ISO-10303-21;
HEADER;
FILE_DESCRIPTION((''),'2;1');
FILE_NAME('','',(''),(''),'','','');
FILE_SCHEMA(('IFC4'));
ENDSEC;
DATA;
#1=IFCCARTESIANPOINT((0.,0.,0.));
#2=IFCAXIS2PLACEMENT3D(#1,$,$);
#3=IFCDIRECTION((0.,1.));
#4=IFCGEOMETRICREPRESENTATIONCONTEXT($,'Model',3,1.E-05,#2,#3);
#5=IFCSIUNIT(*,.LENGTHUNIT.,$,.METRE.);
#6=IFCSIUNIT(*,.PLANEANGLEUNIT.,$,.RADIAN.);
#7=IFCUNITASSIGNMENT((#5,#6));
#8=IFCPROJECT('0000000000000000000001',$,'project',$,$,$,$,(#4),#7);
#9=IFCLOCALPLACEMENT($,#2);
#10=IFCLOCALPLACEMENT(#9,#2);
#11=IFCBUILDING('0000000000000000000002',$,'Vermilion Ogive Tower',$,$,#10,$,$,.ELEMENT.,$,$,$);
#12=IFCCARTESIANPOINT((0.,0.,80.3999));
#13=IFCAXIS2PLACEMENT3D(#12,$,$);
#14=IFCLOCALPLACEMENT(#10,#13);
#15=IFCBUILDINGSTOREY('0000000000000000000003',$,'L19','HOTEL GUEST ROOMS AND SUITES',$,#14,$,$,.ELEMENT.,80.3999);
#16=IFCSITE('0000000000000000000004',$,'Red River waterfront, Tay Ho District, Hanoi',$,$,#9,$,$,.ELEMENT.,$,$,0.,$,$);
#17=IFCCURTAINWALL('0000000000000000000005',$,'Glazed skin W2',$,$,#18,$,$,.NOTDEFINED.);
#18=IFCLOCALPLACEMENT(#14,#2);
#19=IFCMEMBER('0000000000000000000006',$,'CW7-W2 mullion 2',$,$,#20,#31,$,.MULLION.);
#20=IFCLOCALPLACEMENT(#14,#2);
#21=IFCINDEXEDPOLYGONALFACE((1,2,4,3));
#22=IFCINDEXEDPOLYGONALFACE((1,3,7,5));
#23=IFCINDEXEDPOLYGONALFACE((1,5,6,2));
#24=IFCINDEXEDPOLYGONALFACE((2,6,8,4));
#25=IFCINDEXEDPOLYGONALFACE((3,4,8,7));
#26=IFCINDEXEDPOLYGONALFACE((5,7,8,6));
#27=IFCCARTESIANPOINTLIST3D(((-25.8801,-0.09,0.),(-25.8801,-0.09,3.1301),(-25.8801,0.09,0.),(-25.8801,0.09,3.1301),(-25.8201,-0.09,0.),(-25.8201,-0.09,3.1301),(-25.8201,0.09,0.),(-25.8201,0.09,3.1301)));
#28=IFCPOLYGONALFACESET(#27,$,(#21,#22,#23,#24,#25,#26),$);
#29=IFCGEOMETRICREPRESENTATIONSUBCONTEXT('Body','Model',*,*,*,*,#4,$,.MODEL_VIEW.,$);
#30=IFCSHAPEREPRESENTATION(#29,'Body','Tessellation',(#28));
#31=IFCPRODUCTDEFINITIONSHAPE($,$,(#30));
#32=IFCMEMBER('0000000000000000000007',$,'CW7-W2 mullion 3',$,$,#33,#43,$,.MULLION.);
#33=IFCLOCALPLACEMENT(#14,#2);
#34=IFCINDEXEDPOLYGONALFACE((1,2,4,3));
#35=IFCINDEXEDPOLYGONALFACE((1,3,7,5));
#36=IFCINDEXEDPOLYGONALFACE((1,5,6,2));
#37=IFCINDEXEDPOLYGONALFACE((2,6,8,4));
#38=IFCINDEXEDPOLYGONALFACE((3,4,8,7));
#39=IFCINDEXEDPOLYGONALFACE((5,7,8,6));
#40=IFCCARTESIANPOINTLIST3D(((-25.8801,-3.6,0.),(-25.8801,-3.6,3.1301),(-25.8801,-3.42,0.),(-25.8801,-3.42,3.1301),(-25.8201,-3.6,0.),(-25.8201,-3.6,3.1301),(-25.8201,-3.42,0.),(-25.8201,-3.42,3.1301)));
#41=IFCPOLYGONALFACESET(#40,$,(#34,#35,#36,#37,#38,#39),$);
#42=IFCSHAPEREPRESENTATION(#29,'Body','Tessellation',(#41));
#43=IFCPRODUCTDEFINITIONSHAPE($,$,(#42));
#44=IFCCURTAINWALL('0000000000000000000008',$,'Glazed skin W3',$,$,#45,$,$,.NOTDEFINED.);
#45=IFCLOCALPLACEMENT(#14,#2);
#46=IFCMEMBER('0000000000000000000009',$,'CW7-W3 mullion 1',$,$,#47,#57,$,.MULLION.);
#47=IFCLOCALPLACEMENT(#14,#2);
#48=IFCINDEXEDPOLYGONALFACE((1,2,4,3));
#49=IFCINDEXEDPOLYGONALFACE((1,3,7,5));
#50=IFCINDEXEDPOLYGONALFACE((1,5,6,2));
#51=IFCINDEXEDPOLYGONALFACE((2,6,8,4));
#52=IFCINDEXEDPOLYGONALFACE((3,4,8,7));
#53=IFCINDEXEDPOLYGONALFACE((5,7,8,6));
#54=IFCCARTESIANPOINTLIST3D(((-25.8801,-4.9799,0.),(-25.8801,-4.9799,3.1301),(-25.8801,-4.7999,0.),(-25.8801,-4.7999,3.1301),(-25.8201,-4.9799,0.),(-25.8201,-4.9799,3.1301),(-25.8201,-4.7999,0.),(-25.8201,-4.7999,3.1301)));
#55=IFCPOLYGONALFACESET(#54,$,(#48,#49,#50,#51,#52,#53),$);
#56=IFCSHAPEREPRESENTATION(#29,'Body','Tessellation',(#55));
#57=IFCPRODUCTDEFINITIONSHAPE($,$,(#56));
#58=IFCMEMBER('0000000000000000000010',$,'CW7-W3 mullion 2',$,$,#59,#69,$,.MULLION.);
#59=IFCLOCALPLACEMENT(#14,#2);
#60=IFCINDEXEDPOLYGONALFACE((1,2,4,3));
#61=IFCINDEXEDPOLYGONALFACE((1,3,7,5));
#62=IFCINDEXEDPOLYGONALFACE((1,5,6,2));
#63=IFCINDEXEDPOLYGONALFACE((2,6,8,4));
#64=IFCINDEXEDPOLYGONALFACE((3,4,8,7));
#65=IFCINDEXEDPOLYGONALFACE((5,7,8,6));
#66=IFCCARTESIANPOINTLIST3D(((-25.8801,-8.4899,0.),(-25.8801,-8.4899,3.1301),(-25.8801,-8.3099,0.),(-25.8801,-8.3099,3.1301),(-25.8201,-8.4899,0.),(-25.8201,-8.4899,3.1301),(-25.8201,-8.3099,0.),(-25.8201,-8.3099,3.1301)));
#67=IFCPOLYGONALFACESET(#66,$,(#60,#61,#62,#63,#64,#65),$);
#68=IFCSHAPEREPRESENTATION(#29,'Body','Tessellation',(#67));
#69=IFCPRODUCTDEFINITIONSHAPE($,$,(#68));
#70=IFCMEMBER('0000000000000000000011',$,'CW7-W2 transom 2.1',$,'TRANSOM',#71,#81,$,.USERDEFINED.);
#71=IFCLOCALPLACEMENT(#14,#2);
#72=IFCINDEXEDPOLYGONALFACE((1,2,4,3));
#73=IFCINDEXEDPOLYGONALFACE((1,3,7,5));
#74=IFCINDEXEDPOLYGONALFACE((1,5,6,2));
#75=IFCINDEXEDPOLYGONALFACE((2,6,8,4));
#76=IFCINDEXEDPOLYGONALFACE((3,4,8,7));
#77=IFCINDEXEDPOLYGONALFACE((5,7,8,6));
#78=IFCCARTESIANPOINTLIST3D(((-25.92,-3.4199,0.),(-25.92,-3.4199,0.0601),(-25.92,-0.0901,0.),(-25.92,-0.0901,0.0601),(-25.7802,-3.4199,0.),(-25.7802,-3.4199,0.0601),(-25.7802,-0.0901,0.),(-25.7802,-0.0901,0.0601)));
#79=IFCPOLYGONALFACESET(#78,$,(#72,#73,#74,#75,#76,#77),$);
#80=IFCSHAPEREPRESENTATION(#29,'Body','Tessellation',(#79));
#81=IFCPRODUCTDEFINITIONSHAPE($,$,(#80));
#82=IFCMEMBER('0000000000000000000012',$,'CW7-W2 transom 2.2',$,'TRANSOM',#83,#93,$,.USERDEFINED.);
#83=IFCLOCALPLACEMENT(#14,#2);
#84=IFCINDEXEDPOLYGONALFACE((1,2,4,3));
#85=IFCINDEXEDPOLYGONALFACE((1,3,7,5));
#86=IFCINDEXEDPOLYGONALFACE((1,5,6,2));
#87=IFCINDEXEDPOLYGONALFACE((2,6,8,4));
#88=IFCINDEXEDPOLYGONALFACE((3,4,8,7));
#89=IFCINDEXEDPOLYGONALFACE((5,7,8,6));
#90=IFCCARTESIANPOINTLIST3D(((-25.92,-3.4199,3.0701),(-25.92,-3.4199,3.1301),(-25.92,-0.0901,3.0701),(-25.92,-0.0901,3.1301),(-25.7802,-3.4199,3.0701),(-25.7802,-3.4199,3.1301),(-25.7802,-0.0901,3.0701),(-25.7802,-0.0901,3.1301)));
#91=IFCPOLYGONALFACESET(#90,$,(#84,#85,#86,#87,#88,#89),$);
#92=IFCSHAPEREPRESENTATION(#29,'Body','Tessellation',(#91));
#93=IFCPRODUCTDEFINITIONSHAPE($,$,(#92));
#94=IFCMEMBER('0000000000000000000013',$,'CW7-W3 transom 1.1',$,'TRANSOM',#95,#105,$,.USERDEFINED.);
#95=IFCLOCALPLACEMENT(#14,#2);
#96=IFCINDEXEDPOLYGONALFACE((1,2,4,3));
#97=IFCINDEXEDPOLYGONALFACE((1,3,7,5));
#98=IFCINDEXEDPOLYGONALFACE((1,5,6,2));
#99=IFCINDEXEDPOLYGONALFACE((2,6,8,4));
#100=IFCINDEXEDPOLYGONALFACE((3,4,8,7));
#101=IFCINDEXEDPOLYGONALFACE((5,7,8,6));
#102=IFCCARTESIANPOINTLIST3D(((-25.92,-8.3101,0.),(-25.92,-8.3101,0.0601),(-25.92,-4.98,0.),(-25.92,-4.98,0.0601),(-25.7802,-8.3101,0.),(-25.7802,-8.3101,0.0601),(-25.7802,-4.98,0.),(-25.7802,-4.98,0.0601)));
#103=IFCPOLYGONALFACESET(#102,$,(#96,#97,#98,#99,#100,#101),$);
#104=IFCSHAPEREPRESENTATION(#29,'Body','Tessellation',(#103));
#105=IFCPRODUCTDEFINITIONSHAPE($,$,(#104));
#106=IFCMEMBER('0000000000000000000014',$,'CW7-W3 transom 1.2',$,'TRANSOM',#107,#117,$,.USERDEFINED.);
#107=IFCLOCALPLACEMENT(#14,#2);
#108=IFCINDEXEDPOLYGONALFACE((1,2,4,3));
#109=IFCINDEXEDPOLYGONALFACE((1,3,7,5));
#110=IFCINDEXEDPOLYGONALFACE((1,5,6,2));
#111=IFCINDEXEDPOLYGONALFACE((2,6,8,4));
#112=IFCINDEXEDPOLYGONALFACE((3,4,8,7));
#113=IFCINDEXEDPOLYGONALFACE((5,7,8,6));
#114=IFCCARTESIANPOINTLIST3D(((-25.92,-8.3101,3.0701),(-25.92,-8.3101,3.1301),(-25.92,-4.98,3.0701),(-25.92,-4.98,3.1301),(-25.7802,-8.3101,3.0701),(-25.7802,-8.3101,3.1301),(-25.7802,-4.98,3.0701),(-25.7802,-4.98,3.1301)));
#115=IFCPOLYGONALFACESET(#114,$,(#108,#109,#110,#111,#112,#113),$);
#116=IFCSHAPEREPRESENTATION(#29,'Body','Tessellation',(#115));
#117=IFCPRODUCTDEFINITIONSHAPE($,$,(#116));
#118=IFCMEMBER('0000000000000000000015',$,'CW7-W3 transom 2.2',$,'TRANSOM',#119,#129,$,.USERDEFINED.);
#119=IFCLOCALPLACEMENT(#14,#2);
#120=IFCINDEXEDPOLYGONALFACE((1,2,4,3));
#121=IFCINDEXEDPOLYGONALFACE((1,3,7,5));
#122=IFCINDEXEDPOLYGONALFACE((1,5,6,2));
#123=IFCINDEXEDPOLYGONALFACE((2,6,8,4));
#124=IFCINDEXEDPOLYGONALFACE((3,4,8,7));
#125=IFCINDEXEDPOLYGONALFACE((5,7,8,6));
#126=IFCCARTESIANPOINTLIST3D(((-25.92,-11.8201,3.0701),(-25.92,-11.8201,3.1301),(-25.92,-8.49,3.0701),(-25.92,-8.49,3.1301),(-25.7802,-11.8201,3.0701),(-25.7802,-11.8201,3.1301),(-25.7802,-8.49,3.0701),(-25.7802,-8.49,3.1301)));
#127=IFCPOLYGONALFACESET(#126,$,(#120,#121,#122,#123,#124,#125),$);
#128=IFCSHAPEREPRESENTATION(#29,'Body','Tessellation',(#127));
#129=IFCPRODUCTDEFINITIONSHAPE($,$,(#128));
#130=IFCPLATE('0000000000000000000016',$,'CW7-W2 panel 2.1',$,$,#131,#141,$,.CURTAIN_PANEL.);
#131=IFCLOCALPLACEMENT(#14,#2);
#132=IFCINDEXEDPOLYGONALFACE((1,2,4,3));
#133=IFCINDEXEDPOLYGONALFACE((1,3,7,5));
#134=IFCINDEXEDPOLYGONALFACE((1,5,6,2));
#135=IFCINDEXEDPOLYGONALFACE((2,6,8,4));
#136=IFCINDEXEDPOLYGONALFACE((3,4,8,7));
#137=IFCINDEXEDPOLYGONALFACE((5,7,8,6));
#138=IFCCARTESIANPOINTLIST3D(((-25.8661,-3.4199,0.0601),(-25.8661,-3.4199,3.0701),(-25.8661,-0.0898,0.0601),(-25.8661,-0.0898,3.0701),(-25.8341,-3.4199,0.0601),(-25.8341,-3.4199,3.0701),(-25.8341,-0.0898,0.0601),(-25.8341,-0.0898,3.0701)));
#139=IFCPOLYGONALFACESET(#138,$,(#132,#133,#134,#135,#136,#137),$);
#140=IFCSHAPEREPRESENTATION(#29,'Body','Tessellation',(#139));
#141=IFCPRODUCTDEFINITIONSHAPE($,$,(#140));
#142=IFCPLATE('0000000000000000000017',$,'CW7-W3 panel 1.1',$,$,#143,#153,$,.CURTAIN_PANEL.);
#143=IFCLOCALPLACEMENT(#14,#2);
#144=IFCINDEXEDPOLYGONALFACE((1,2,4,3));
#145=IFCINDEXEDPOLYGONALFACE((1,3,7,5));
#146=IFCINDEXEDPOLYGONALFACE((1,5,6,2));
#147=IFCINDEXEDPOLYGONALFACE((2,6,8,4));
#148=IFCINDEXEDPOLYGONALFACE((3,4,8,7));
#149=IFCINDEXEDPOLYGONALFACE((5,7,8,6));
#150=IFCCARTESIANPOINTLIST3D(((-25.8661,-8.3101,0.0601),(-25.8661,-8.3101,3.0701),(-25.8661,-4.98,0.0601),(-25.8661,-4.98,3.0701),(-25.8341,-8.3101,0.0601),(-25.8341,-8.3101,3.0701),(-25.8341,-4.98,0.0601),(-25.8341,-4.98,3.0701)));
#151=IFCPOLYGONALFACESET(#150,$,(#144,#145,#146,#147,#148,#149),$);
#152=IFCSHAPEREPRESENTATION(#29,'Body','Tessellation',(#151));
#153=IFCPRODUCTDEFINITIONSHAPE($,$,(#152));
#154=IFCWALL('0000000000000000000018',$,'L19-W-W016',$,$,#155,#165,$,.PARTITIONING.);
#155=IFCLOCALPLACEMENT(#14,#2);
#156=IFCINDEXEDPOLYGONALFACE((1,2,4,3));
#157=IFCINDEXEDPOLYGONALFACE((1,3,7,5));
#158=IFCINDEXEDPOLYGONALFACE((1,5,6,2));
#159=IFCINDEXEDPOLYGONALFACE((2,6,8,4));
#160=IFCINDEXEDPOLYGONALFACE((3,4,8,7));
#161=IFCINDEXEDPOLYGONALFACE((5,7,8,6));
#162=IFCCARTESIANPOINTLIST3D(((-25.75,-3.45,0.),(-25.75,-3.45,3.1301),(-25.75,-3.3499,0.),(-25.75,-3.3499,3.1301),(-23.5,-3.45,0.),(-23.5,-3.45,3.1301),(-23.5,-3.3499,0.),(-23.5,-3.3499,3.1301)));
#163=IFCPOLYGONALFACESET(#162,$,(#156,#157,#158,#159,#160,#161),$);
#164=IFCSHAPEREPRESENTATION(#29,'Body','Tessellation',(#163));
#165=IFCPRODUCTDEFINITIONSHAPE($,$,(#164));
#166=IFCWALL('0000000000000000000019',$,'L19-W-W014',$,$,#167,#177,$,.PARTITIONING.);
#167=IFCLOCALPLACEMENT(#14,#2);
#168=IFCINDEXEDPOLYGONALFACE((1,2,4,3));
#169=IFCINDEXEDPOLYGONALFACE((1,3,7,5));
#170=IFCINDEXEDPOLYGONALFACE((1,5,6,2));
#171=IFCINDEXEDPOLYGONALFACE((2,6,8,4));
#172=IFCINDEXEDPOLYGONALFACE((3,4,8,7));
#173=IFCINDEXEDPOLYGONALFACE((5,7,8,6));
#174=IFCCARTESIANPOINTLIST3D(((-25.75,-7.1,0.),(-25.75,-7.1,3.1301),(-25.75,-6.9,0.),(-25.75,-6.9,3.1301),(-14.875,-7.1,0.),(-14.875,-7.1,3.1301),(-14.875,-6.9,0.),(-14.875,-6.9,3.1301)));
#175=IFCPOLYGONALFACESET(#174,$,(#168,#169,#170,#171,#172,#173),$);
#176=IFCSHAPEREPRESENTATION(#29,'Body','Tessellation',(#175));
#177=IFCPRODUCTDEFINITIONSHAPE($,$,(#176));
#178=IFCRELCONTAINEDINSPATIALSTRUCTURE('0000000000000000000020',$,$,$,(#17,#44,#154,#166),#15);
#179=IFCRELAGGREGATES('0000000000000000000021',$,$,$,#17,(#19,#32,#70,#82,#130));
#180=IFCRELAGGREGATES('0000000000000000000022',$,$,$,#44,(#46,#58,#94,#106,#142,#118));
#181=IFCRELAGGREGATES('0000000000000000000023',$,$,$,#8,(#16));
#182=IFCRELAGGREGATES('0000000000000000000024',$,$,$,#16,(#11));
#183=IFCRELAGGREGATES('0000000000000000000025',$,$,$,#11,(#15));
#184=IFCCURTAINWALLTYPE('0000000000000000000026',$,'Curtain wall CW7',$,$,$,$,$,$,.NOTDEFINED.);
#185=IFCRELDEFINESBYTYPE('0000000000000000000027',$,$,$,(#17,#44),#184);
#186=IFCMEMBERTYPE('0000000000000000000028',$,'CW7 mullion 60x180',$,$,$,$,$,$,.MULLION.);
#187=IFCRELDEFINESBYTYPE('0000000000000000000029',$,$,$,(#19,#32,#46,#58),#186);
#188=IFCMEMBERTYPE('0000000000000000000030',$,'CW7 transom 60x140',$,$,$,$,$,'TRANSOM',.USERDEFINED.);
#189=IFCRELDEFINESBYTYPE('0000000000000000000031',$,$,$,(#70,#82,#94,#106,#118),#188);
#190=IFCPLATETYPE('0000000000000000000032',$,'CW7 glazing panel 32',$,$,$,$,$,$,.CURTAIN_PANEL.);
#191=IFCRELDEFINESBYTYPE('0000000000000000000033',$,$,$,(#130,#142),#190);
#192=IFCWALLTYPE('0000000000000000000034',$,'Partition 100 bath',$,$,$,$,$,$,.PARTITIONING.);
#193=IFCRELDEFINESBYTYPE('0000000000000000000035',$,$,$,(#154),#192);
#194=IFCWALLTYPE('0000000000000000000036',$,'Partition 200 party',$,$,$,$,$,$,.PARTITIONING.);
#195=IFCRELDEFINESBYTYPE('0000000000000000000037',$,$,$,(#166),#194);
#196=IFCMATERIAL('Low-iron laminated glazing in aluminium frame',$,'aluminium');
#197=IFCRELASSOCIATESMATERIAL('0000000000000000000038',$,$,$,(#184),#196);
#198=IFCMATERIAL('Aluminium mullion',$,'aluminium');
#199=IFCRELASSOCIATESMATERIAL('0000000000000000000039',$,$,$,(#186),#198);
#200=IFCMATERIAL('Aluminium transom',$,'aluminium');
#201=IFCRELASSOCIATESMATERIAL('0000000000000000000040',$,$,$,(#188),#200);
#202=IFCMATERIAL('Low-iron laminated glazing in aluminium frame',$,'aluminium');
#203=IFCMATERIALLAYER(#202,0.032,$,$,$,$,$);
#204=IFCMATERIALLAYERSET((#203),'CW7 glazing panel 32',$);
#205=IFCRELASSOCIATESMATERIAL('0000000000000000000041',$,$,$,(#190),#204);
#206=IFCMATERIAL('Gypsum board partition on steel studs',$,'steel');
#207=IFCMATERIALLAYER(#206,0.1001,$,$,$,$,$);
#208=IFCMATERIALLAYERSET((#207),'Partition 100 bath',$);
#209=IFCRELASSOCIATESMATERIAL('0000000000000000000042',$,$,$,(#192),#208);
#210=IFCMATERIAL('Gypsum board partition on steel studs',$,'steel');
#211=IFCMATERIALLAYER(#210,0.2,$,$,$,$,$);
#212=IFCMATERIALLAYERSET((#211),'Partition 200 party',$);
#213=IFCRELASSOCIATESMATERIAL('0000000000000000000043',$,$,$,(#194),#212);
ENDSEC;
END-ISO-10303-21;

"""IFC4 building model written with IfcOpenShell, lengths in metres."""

from ifc_helpers import new_model, si_unit, direction, frame, frame_2d, origin, origin_2d, place, context, subcontext, project, spatial, rectangle, extrude, material, layer, layer_set, material_profile, profile_set, type_object, element, aggregate, save


model = new_model("IFC4")

# Units and contexts
model_context = context("Model", 3, precision=1e-05, world=origin(), true_north=direction((0.0, 1.0)))
body_context = subcontext(model_context, "Body", "Model", "MODEL_VIEW")
ifc_project = project(units=[si_unit("LENGTHUNIT", "METRE"), si_unit("PLANEANGLEUNIT", "RADIAN")], contexts=[model_context])

# Site, building, storey
site_placement = place(None, origin())
site = spatial("IfcSite", under=ifc_project, at=site_placement, Name="Red River waterfront, Tay Ho District, Hanoi", CompositionType="ELEMENT", RefElevation=0.0)
building_placement = place(site_placement, origin())
building = spatial("IfcBuilding", under=site, at=building_placement, Name="Vermilion Ogive Tower", CompositionType="ELEMENT")
storey_placement = place(building_placement, frame((0.0, 0.0, 80.3999)))
storey = spatial("IfcBuildingStorey", under=building, at=storey_placement, Name="L19", Description="HOTEL GUEST ROOMS AND SUITES", CompositionType="ELEMENT", Elevation=80.3999)

# Curtain walls, members
ifc_material_1 = material(Name="Low-iron laminated glazing in aluminium frame", Category="aluminium")
curtain_wall_type = type_object("IfcCurtainWallType", Name="Curtain wall CW7", PredefinedType="NOTDEFINED", material=ifc_material_1)
curtain_wall_1_placement = place(storey_placement, origin())
curtain_wall_1 = element("IfcCurtainWall", 1, at=curtain_wall_1_placement, inside=storey, type_object=curtain_wall_type, Name="Glazed skin W2", PredefinedType="NOTDEFINED")
ifc_material_2 = material(Name="Aluminium mullion", Category="aluminium")
ifc_material_profile_1 = material_profile(ifc_material_2, rectangle(XDim=0.0601, YDim=0.1799, at=origin_2d()), Name="AL 60x180")
ifc_profile_set_1 = profile_set([ifc_material_profile_1], Name="Aluminium mullion")
member_type_1 = type_object("IfcMemberType", Name="CW7 mullion 60x180", PredefinedType="MULLION", material=ifc_profile_set_1)
member_1_placement = place(storey_placement, frame((-25.8501, 0.0, 0.0), z_axis=(0.0, 0.0, 1.0), x_axis=(1.0, 0.0, 0.0)))
member_1 = element("IfcMember", 2, at=member_1_placement, type_object=member_type_1, Name="CW7-W2 mullion 2", PredefinedType="MULLION", context=body_context, shape_type="SweptSolid", body=[
    extrude(rectangle(XDim=0.0601, YDim=0.1799, at=origin_2d()), origin(), (0.0, 0.0, 1.0), 3.1301),
])
member_2_placement = place(storey_placement, frame((-25.8501, -3.51, 0.0), z_axis=(0.0, 0.0, 1.0), x_axis=(1.0, 0.0, 0.0)))
member_2 = element("IfcMember", 3, at=member_2_placement, type_object=member_type_1, Name="CW7-W2 mullion 3", PredefinedType="MULLION", context=body_context, shape_type="SweptSolid", body=[
    extrude(rectangle(XDim=0.0601, YDim=0.1799, at=origin_2d()), origin(), (0.0, 0.0, 1.0), 3.1301),
])
curtain_wall_2_placement = place(storey_placement, origin())
curtain_wall_2 = element("IfcCurtainWall", 4, at=curtain_wall_2_placement, inside=storey, type_object=curtain_wall_type, Name="Glazed skin W3", PredefinedType="NOTDEFINED")
member_3_placement = place(storey_placement, frame((-25.8501, -4.8899, 0.0), z_axis=(0.0, 0.0, 1.0), x_axis=(1.0, 0.0, 0.0)))
member_3 = element("IfcMember", 5, at=member_3_placement, type_object=member_type_1, Name="CW7-W3 mullion 1", PredefinedType="MULLION", context=body_context, shape_type="SweptSolid", body=[
    extrude(rectangle(XDim=0.0601, YDim=0.1799, at=origin_2d()), origin(), (0.0, 0.0, 1.0), 3.1301),
])
member_4_placement = place(storey_placement, frame((-25.8501, -8.3999, 0.0), z_axis=(0.0, 0.0, 1.0), x_axis=(1.0, 0.0, 0.0)))
member_4 = element("IfcMember", 6, at=member_4_placement, type_object=member_type_1, Name="CW7-W3 mullion 2", PredefinedType="MULLION", context=body_context, shape_type="SweptSolid", body=[
    extrude(rectangle(XDim=0.0601, YDim=0.1799, at=origin_2d()), origin(), (0.0, 0.0, 1.0), 3.1301),
])

# Members
ifc_material_3 = material(Name="Aluminium transom", Category="aluminium")
ifc_material_profile_2 = material_profile(ifc_material_3, rectangle(XDim=0.1399, YDim=0.0601, at=origin_2d()), Name="AL 60x140")
ifc_profile_set_2 = profile_set([ifc_material_profile_2], Name="Aluminium transom")
member_type_2 = type_object("IfcMemberType", Name="CW7 transom 60x140", ElementType="TRANSOM", PredefinedType="USERDEFINED", material=ifc_profile_set_2)
member_5_placement = place(storey_placement, frame((-25.8501, -0.0901, 0.03), z_axis=(0.0, -1.0, 0.0), x_axis=(1.0, 0.0, 0.0)))
member_5 = element("IfcMember", 7, at=member_5_placement, type_object=member_type_2, Name="CW7-W2 transom 2.1", ObjectType="TRANSOM", PredefinedType="USERDEFINED", context=body_context, shape_type="SweptSolid", body=[
    extrude(rectangle(XDim=0.1399, YDim=0.0601, at=origin_2d()), origin(), (0.0, 0.0, 1.0), 3.3298),
])
member_6_placement = place(storey_placement, frame((-25.8501, -0.0901, 3.1001), z_axis=(0.0, -1.0, 0.0), x_axis=(1.0, 0.0, 0.0)))
member_6 = element("IfcMember", 8, at=member_6_placement, type_object=member_type_2, Name="CW7-W2 transom 2.2", ObjectType="TRANSOM", PredefinedType="USERDEFINED", context=body_context, shape_type="SweptSolid", body=[
    extrude(rectangle(XDim=0.1399, YDim=0.0601, at=origin_2d()), origin(), (0.0, 0.0, 1.0), 3.3298),
])
member_7_placement = place(storey_placement, frame((-25.8501, -4.98, 0.03), z_axis=(0.0, -1.0, 0.0), x_axis=(1.0, 0.0, 0.0)))
member_7 = element("IfcMember", 9, at=member_7_placement, type_object=member_type_2, Name="CW7-W3 transom 1.1", ObjectType="TRANSOM", PredefinedType="USERDEFINED", context=body_context, shape_type="SweptSolid", body=[
    extrude(rectangle(XDim=0.1399, YDim=0.0601, at=origin_2d()), origin(), (0.0, 0.0, 1.0), 3.3301),
])
member_8_placement = place(storey_placement, frame((-25.8501, -4.98, 3.1001), z_axis=(0.0, -1.0, 0.0), x_axis=(1.0, 0.0, 0.0)))
member_8 = element("IfcMember", 10, at=member_8_placement, type_object=member_type_2, Name="CW7-W3 transom 1.2", ObjectType="TRANSOM", PredefinedType="USERDEFINED", context=body_context, shape_type="SweptSolid", body=[
    extrude(rectangle(XDim=0.1399, YDim=0.0601, at=origin_2d()), origin(), (0.0, 0.0, 1.0), 3.3301),
])
member_9_placement = place(storey_placement, frame((-25.8501, -8.49, 3.1001), z_axis=(0.0, -1.0, 0.0), x_axis=(1.0, 0.0, 0.0)))
member_9 = element("IfcMember", 11, at=member_9_placement, type_object=member_type_2, Name="CW7-W3 transom 2.2", ObjectType="TRANSOM", PredefinedType="USERDEFINED", context=body_context, shape_type="SweptSolid", body=[
    extrude(rectangle(XDim=0.1399, YDim=0.0601, at=origin_2d()), origin(), (0.0, 0.0, 1.0), 3.3301),
])

# Plates
ifc_material_4 = material(Name="Low-iron laminated glazing in aluminium frame", Category="aluminium")
ifc_layer_1 = layer(ifc_material_4, 0.032)
ifc_layer_set_1 = layer_set([ifc_layer_1], Name="CW7 glazing panel 32")
plate_type = type_object("IfcPlateType", Name="CW7 glazing panel 32", PredefinedType="CURTAIN_PANEL", material=ifc_layer_set_1)
plate_1_placement = place(storey_placement, frame((-25.8501, -1.7549, 0.0601), z_axis=(0.0, 0.0, 1.0), x_axis=(0.0, -1.0, 0.0)))
plate_1 = element("IfcPlate", 12, at=plate_1_placement, type_object=plate_type, Name="CW7-W2 panel 2.1", PredefinedType="CURTAIN_PANEL", context=body_context, shape_type="SweptSolid", body=[
    extrude(rectangle(XDim=3.3301, YDim=0.032, at=origin_2d()), origin(), (0.0, 0.0, 1.0), 3.01),
])
aggregate(curtain_wall_1, [member_1, member_2, member_5, member_6, plate_1])
plate_2_placement = place(storey_placement, frame((-25.8501, -6.645, 0.0601), z_axis=(0.0, 0.0, 1.0), x_axis=(0.0, -1.0, 0.0)))
plate_2 = element("IfcPlate", 13, at=plate_2_placement, type_object=plate_type, Name="CW7-W3 panel 1.1", PredefinedType="CURTAIN_PANEL", context=body_context, shape_type="SweptSolid", body=[
    extrude(rectangle(XDim=3.3301, YDim=0.032, at=origin_2d()), origin(), (0.0, 0.0, 1.0), 3.01),
])
aggregate(curtain_wall_2, [member_3, member_4, member_7, member_8, plate_2, member_9])

# Walls
ifc_material_5 = material(Name="Gypsum board partition on steel studs", Category="steel")
ifc_layer_2 = layer(ifc_material_5, 0.1001)
ifc_layer_set_2 = layer_set([ifc_layer_2], Name="Partition 100 bath")
wall_type_1 = type_object("IfcWallType", Name="Partition 100 bath", PredefinedType="PARTITIONING", material=ifc_layer_set_2)
wall_1_placement = place(storey_placement, frame((-25.75, -3.3999, 0.0), z_axis=(0.0, 0.0, 1.0), x_axis=(1.0, 0.0, 0.0)))
element("IfcWall", 14, at=wall_1_placement, inside=storey, type_object=wall_type_1, Name="L19-W-W016", PredefinedType="PARTITIONING", context=body_context, shape_type="SweptSolid", body=[
    extrude(rectangle(XDim=2.25, YDim=0.1001, at=frame_2d((1.125, 0.0))), origin(), (0.0, 0.0, 1.0), 3.1301),
])
ifc_material_6 = material(Name="Gypsum board partition on steel studs", Category="steel")
ifc_layer_3 = layer(ifc_material_6, 0.2)
ifc_layer_set_3 = layer_set([ifc_layer_3], Name="Partition 200 party")
wall_type_2 = type_object("IfcWallType", Name="Partition 200 party", PredefinedType="PARTITIONING", material=ifc_layer_set_3)
wall_2_placement = place(storey_placement, frame((-25.75, -7.0, 0.0), z_axis=(0.0, 0.0, 1.0), x_axis=(1.0, 0.0, 0.0)))
element("IfcWall", 15, at=wall_2_placement, inside=storey, type_object=wall_type_2, Name="L19-W-W014", PredefinedType="PARTITIONING", context=body_context, shape_type="SweptSolid", body=[
    extrude(rectangle(XDim=10.875, YDim=0.2, at=frame_2d((5.4375, 0.0))), origin(), (0.0, 0.0, 1.0), 3.1301),
])

save(model, "model.ifc")
